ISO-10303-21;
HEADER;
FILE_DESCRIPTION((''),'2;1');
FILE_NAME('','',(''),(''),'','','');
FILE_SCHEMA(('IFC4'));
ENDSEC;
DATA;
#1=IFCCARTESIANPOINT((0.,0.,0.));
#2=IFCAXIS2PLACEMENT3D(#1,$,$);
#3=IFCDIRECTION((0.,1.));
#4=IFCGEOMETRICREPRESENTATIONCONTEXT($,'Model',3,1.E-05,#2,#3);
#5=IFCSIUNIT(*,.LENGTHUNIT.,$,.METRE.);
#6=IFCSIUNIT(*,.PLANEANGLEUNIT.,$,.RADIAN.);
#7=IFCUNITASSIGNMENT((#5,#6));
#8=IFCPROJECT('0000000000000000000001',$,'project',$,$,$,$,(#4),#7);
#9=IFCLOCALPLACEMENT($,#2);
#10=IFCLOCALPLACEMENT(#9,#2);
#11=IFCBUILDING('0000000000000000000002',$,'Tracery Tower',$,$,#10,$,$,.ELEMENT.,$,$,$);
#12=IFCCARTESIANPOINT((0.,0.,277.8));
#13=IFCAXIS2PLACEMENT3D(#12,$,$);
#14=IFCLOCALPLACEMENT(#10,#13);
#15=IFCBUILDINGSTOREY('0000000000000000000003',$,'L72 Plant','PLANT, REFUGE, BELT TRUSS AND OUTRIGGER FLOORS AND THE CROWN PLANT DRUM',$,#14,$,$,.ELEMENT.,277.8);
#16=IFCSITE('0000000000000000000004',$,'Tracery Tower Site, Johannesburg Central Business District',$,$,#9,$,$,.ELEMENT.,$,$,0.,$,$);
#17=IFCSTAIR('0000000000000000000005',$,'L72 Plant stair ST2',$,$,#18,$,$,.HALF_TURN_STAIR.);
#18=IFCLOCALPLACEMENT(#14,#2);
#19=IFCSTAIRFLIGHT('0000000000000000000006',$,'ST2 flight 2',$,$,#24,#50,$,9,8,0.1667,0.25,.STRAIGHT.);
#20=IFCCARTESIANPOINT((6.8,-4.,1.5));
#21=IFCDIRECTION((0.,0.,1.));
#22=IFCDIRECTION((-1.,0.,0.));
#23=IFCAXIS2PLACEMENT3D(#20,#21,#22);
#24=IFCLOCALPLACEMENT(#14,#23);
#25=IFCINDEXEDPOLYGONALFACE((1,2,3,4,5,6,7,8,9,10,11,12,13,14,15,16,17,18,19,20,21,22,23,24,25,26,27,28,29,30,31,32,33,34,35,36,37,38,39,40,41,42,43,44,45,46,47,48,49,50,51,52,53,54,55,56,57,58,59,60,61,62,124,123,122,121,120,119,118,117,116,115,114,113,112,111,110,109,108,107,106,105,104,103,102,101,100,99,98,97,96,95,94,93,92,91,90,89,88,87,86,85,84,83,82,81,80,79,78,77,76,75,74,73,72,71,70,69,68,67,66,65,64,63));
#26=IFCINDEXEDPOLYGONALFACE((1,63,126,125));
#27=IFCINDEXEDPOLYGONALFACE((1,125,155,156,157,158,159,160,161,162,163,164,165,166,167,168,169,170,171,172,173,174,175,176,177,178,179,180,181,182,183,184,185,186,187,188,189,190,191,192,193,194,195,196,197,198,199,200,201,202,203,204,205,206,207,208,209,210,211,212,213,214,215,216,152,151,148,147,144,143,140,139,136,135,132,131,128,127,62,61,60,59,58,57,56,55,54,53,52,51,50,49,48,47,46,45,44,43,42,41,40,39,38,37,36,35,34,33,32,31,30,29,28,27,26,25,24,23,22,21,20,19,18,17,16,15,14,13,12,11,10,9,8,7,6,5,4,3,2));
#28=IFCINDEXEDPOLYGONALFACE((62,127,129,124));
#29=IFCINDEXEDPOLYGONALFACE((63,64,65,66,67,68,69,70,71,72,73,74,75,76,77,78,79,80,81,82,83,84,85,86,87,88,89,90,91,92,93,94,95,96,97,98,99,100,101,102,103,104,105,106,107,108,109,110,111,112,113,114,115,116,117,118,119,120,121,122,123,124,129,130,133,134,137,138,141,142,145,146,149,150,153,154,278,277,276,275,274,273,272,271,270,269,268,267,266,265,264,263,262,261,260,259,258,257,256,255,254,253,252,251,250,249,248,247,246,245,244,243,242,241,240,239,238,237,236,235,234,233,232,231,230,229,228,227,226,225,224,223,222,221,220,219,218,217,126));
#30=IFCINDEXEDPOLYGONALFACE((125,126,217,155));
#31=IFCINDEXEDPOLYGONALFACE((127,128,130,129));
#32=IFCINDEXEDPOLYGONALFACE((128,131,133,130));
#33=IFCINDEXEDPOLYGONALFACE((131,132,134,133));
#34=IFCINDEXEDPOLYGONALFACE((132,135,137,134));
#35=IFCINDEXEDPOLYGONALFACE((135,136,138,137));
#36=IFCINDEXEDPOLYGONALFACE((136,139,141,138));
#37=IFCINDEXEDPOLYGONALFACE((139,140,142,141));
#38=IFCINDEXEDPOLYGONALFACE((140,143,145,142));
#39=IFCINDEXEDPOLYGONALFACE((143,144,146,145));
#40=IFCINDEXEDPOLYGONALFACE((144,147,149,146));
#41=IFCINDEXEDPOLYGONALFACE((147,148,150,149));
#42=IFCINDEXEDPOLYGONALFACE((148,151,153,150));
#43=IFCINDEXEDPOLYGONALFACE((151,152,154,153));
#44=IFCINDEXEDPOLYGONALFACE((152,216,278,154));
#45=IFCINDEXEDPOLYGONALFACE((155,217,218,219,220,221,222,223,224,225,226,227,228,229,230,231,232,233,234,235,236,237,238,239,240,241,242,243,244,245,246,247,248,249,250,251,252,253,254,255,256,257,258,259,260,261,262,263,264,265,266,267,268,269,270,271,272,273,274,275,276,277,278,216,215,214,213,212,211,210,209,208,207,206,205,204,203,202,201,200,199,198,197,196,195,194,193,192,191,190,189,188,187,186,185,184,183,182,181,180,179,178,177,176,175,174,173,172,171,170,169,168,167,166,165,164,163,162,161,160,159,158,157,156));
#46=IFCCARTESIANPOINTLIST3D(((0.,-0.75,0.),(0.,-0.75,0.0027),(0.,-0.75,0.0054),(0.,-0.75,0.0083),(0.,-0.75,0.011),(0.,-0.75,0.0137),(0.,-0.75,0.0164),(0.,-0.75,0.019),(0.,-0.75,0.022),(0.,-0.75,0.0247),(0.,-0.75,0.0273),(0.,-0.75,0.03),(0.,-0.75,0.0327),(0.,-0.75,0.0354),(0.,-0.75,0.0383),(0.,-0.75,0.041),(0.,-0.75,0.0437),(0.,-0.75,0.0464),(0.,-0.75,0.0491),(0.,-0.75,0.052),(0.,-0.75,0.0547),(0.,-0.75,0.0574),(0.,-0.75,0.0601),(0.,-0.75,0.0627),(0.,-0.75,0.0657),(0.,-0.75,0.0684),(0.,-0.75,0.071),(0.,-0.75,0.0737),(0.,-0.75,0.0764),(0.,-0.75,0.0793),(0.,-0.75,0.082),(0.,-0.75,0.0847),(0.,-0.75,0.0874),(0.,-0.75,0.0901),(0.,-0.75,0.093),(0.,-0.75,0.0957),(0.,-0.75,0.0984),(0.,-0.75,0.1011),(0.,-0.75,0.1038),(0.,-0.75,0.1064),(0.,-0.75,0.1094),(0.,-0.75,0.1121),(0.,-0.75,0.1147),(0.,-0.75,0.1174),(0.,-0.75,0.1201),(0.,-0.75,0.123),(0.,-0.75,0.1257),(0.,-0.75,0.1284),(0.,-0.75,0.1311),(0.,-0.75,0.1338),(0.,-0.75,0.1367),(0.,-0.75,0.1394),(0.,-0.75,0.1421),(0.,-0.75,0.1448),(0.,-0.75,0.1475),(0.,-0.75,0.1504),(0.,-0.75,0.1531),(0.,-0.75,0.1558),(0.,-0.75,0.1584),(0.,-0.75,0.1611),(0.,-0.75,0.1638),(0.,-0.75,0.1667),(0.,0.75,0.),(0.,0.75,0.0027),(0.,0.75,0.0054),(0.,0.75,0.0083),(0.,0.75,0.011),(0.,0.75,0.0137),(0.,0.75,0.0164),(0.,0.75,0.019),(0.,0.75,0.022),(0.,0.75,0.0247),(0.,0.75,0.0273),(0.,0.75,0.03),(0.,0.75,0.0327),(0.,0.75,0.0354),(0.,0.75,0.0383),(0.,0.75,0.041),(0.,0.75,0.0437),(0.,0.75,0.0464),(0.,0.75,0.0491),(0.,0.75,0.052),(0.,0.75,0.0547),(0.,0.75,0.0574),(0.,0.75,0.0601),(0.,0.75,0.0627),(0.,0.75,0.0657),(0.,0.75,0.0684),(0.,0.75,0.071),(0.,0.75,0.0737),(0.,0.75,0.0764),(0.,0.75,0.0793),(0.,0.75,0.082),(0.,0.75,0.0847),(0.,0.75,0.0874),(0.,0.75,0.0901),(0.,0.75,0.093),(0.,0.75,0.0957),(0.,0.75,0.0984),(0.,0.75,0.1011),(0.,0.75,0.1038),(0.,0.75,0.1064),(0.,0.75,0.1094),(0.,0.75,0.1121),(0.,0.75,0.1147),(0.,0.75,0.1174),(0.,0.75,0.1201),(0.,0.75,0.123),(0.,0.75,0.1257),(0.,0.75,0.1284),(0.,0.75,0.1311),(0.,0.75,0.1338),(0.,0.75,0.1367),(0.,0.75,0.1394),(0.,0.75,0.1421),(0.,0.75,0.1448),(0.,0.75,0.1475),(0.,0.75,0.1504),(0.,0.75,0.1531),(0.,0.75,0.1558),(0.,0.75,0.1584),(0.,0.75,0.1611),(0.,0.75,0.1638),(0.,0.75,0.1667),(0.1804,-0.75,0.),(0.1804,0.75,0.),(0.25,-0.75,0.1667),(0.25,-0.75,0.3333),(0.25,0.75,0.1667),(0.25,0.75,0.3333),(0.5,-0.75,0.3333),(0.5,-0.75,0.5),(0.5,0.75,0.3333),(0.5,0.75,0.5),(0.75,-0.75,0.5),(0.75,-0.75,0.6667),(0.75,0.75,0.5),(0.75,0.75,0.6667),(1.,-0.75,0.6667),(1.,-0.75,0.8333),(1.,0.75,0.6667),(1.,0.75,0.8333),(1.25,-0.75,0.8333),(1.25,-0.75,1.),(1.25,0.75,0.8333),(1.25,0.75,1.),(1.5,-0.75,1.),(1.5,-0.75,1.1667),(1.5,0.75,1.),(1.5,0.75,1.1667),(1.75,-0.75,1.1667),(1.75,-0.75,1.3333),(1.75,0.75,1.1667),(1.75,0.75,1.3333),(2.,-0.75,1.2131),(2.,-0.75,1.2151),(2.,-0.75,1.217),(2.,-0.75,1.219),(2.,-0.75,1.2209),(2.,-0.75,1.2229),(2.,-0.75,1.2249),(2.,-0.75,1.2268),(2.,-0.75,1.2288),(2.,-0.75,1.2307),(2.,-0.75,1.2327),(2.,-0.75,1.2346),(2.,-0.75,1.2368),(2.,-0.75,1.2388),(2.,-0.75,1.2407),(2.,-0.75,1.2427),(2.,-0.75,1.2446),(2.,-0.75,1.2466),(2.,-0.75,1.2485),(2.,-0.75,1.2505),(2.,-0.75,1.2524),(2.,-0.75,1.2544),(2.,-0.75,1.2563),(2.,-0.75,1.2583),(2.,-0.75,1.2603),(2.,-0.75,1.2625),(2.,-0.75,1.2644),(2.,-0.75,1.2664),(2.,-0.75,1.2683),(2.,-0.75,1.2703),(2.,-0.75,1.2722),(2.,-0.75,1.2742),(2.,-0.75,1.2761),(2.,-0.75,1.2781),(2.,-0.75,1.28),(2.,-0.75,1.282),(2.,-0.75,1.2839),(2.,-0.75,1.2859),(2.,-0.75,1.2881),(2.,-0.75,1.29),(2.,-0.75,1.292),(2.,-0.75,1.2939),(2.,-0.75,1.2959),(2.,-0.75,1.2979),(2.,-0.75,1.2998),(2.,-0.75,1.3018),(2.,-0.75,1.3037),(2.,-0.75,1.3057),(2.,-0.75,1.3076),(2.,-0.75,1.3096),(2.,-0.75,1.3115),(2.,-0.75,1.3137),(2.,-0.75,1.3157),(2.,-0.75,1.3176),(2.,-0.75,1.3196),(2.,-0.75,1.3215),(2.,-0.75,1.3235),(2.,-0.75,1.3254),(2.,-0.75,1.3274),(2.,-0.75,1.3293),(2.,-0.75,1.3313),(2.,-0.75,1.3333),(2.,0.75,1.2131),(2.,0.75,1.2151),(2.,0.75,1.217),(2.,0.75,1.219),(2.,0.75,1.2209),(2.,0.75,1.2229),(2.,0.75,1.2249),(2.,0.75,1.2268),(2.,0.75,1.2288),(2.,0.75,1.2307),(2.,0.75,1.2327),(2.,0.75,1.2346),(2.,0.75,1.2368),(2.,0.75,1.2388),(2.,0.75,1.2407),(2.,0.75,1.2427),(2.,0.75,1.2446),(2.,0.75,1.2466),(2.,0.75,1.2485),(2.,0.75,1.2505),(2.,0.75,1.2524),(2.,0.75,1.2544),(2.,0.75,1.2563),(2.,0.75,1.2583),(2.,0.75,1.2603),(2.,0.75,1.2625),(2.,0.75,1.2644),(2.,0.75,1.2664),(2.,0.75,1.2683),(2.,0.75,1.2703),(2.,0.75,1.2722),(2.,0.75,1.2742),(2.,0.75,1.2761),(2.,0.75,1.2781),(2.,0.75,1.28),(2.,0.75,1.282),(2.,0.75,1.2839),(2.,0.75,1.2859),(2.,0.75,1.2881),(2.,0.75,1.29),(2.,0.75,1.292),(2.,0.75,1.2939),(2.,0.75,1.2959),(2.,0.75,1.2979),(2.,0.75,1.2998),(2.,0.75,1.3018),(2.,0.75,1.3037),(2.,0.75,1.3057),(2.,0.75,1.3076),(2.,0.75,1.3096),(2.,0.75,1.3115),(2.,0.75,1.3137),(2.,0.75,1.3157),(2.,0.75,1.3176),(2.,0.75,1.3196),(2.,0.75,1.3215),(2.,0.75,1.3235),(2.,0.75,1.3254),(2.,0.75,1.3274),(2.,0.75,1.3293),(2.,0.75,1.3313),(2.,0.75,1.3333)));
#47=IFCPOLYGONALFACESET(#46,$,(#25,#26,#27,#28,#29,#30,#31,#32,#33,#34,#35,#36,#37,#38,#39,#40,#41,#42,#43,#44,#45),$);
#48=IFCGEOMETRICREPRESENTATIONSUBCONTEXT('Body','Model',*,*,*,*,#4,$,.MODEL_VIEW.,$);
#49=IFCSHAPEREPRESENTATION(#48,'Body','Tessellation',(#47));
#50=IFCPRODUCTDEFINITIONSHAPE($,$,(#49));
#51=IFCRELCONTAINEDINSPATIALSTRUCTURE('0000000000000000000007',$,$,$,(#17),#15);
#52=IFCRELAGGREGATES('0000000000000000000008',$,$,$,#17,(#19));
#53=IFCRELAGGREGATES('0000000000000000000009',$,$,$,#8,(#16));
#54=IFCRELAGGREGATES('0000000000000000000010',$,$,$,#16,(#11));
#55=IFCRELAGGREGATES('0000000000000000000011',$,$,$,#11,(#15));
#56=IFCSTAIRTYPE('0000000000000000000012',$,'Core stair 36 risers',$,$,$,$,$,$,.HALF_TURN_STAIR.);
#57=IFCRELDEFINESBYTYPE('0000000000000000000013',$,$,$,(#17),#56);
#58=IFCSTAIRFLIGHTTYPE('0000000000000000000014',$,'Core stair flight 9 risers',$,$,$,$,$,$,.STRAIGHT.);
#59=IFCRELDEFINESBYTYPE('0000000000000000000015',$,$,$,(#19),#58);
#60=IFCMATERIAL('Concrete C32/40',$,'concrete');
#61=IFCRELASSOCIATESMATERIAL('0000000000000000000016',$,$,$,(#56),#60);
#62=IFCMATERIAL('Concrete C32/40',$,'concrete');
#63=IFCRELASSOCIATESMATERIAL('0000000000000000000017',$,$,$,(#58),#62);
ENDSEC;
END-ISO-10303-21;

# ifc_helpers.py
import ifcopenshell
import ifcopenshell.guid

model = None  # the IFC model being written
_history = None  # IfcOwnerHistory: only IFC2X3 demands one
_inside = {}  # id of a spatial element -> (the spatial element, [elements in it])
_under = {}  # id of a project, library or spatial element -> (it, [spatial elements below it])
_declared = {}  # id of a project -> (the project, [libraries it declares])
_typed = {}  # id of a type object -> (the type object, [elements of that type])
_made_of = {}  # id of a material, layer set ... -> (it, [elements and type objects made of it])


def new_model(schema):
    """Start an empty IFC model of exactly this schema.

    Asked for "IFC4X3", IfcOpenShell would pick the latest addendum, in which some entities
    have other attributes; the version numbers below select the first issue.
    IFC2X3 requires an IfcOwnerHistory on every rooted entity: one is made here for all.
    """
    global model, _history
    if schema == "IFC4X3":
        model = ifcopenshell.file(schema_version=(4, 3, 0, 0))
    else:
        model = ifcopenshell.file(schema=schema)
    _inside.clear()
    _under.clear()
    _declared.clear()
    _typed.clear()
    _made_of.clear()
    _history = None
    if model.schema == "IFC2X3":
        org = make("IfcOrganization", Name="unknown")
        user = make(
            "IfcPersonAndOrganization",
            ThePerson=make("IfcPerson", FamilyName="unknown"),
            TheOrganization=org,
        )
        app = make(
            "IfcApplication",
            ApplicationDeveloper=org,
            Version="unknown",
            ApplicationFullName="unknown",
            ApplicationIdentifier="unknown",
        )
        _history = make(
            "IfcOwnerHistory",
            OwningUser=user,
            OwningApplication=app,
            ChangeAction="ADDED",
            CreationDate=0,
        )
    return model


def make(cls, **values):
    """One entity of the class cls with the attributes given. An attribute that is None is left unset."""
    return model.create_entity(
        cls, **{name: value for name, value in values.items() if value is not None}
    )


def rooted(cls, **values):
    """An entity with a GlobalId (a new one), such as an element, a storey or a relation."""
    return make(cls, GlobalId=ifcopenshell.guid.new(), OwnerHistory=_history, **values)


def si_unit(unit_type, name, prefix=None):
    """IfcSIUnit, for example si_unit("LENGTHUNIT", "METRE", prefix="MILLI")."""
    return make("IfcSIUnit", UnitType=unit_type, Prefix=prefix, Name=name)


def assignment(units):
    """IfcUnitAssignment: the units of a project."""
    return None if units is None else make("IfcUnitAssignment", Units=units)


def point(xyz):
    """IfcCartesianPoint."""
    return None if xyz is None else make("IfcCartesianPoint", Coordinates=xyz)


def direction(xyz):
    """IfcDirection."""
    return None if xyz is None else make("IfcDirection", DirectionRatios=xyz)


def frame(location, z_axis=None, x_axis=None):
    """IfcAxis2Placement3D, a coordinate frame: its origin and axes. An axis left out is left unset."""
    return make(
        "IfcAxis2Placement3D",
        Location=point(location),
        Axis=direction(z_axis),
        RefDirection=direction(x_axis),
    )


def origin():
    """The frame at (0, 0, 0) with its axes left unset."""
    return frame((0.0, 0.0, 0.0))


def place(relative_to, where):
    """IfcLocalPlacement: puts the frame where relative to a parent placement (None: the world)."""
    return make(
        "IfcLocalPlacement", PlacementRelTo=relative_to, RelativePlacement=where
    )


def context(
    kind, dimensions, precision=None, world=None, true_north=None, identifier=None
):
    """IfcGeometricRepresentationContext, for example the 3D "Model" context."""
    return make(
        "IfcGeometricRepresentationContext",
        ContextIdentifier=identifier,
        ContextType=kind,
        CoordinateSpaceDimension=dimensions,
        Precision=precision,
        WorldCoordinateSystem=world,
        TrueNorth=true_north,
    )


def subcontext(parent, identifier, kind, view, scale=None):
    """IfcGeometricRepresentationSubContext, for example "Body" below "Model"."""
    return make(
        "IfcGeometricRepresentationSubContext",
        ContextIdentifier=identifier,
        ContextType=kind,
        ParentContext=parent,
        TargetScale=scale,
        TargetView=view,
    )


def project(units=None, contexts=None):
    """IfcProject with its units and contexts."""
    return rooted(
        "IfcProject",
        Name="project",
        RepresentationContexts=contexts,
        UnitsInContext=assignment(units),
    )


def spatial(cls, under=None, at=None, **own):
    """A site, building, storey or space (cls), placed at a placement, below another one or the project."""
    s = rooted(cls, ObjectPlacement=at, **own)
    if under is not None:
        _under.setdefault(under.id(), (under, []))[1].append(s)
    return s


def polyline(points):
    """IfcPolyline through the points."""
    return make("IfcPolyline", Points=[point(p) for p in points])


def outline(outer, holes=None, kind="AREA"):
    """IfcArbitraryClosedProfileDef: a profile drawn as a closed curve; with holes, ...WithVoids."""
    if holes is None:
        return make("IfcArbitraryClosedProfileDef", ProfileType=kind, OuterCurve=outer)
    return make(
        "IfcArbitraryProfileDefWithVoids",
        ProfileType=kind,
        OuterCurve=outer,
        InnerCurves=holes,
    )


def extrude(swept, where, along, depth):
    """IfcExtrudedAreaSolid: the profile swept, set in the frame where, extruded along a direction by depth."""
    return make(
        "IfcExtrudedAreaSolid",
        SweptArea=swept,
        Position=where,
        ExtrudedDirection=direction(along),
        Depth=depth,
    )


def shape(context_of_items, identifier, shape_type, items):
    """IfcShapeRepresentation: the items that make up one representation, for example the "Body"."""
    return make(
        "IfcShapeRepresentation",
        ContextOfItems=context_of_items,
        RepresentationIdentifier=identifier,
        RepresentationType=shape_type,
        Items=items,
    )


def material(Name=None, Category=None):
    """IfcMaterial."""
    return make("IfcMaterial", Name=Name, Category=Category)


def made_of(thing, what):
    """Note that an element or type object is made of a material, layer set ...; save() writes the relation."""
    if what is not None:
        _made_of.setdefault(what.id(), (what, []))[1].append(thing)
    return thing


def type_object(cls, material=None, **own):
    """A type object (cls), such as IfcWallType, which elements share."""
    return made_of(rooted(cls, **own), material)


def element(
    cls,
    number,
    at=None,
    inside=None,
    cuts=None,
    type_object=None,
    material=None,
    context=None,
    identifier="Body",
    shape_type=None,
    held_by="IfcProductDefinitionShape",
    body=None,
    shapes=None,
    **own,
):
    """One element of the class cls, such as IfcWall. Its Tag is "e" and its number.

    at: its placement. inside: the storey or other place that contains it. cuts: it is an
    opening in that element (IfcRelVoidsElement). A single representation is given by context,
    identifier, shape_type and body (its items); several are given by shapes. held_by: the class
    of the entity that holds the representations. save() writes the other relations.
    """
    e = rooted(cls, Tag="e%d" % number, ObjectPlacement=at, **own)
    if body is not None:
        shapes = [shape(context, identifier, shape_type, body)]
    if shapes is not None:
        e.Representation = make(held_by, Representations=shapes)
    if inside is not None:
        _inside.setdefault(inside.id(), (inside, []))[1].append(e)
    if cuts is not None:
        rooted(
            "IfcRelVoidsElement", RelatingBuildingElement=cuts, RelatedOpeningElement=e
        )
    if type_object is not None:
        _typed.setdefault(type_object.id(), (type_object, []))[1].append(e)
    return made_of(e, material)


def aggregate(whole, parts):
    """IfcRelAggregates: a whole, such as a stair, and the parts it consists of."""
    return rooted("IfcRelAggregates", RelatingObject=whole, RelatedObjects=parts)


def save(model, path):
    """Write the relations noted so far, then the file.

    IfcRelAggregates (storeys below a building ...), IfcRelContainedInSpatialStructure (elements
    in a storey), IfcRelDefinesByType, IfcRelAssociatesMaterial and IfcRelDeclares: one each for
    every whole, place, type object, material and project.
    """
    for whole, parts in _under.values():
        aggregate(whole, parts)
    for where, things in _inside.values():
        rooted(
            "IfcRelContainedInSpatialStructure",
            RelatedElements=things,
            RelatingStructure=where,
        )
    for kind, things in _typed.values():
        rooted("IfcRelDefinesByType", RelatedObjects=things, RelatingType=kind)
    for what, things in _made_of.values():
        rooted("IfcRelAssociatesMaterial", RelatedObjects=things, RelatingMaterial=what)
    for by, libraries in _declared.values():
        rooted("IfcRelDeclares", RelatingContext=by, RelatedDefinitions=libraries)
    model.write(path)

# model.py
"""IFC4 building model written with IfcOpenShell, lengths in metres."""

from ifc_helpers import new_model, si_unit, direction, frame, origin, place, context, subcontext, project, spatial, polyline, outline, extrude, material, type_object, element, aggregate, save


model = new_model("IFC4")

# Units and contexts
model_context = context("Model", 3, precision=1e-05, world=origin(), true_north=direction((0.0, 1.0)))
body_context = subcontext(model_context, "Body", "Model", "MODEL_VIEW")
ifc_project = project(units=[si_unit("LENGTHUNIT", "METRE"), si_unit("PLANEANGLEUNIT", "RADIAN")], contexts=[model_context])

# Site, building, storey
site_placement = place(None, origin())
site = spatial("IfcSite", under=ifc_project, at=site_placement, Name="Tracery Tower Site, Johannesburg Central Business District", CompositionType="ELEMENT", RefElevation=0.0)
building_placement = place(site_placement, origin())
building = spatial("IfcBuilding", under=site, at=building_placement, Name="Tracery Tower", CompositionType="ELEMENT")
storey_placement = place(building_placement, frame((0.0, 0.0, 277.8)))
storey = spatial("IfcBuildingStorey", under=building, at=storey_placement, Name="L72 Plant", Description="PLANT, REFUGE, BELT TRUSS AND OUTRIGGER FLOORS AND THE CROWN PLANT DRUM", CompositionType="ELEMENT", Elevation=277.8)

# Stair, stair flight
ifc_material_1 = material(Name="Concrete C32/40", Category="concrete")
stair_type = type_object("IfcStairType", Name="Core stair 36 risers", PredefinedType="HALF_TURN_STAIR", material=ifc_material_1)
stair_placement = place(storey_placement, origin())
stair = element("IfcStair", 1, at=stair_placement, inside=storey, type_object=stair_type, Name="L72 Plant stair ST2", PredefinedType="HALF_TURN_STAIR")
ifc_material_2 = material(Name="Concrete C32/40", Category="concrete")
stair_flight_type = type_object("IfcStairFlightType", Name="Core stair flight 9 risers", PredefinedType="STRAIGHT", material=ifc_material_2)
stair_flight_1_placement = place(storey_placement, frame((6.8, -4.0, 1.5), z_axis=(0.0, 0.0, 1.0), x_axis=(-1.0, 0.0, 0.0)))
stair_flight_1 = element("IfcStairFlight", 2, at=stair_flight_1_placement, type_object=stair_flight_type, Name="ST2 flight 2", NumberOfRisers=9, NumberOfTreads=8, PredefinedType="STRAIGHT", RiserHeight=0.1667, TreadLength=0.25, context=body_context, shape_type="SweptSolid", body=[
    extrude(outline(polyline([(0.0, 0.0), (0.0, 0.0027), (0.0, 0.0054), (0.0, 0.0083), (0.0, 0.011), (0.0, 0.0137), (0.0, 0.0164), (0.0, 0.019), (0.0, 0.022), (0.0, 0.0247), (0.0, 0.0273), (0.0, 0.03), (0.0, 0.0327), (0.0, 0.0354), (0.0, 0.0383), (0.0, 0.041), (0.0, 0.0437), (0.0, 0.0464), (0.0, 0.0491), (0.0, 0.052), (0.0, 0.0547), (0.0, 0.0574), (0.0, 0.0601), (0.0, 0.0627), (0.0, 0.0657), (0.0, 0.0684), (0.0, 0.071), (0.0, 0.0737), (0.0, 0.0764), (0.0, 0.0793), (0.0, 0.082), (0.0, 0.0847), (0.0, 0.0874), (0.0, 0.0901), (0.0, 0.093), (0.0, 0.0957), (0.0, 0.0984), (0.0, 0.1011), (0.0, 0.1038), (0.0, 0.1064), (0.0, 0.1094), (0.0, 0.1121), (0.0, 0.1147), (0.0, 0.1174), (0.0, 0.1201), (0.0, 0.123), (0.0, 0.1257), (0.0, 0.1284), (0.0, 0.1311), (0.0, 0.1338), (0.0, 0.1367), (0.0, 0.1394), (0.0, 0.1421), (0.0, 0.1448), (0.0, 0.1475), (0.0, 0.1504), (0.0, 0.1531), (0.0, 0.1558), (0.0, 0.1584), (0.0, 0.1611), (0.0, 0.1638), (0.0, 0.1667), (0.25, 0.1667), (0.25, 0.3333), (0.5, 0.3333), (0.5, 0.5), (0.75, 0.5), (0.75, 0.6667), (1.0, 0.6667), (1.0, 0.8333), (1.25, 0.8333), (1.25, 1.0), (1.5, 1.0), (1.5, 1.1667), (1.75, 1.1667), (1.75, 1.3333), (2.0, 1.3333), (2.0, 1.3313), (2.0, 1.3293), (2.0, 1.3274), (2.0, 1.3254), (2.0, 1.3235), (2.0, 1.3215), (2.0, 1.3196), (2.0, 1.3176), (2.0, 1.3157), (2.0, 1.3137), (2.0, 1.3115), (2.0, 1.3096), (2.0, 1.3076), (2.0, 1.3057), (2.0, 1.3037), (2.0, 1.3018), (2.0, 1.2998), (2.0, 1.2979), (2.0, 1.2959), (2.0, 1.2939), (2.0, 1.292), (2.0, 1.29), (2.0, 1.2881), (2.0, 1.2859), (2.0, 1.2839), (2.0, 1.282), (2.0, 1.28), (2.0, 1.2781), (2.0, 1.2761), (2.0, 1.2742), (2.0, 1.2722), (2.0, 1.2703), (2.0, 1.2683), (2.0, 1.2664), (2.0, 1.2644), (2.0, 1.2625), (2.0, 1.2603), (2.0, 1.2583), (2.0, 1.2563), (2.0, 1.2544), (2.0, 1.2524), (2.0, 1.2505), (2.0, 1.2485), (2.0, 1.2466), (2.0, 1.2446), (2.0, 1.2427), (2.0, 1.2407), (2.0, 1.2388), (2.0, 1.2368), (2.0, 1.2346), (2.0, 1.2327), (2.0, 1.2307), (2.0, 1.2288), (2.0, 1.2268), (2.0, 1.2249), (2.0, 1.2229), (2.0, 1.2209), (2.0, 1.219), (2.0, 1.217), (2.0, 1.2151), (2.0, 1.2131), (0.1804, 0.0), (0.0, 0.0)])), frame((0.0, 0.75, 0.0), z_axis=(0.0, -1.0, 0.0), x_axis=(1.0, 0.0, 0.0)), (0.0, 0.0, 1.0), 1.5),
])
aggregate(stair, [stair_flight_1])

save(model, "model.ifc")
